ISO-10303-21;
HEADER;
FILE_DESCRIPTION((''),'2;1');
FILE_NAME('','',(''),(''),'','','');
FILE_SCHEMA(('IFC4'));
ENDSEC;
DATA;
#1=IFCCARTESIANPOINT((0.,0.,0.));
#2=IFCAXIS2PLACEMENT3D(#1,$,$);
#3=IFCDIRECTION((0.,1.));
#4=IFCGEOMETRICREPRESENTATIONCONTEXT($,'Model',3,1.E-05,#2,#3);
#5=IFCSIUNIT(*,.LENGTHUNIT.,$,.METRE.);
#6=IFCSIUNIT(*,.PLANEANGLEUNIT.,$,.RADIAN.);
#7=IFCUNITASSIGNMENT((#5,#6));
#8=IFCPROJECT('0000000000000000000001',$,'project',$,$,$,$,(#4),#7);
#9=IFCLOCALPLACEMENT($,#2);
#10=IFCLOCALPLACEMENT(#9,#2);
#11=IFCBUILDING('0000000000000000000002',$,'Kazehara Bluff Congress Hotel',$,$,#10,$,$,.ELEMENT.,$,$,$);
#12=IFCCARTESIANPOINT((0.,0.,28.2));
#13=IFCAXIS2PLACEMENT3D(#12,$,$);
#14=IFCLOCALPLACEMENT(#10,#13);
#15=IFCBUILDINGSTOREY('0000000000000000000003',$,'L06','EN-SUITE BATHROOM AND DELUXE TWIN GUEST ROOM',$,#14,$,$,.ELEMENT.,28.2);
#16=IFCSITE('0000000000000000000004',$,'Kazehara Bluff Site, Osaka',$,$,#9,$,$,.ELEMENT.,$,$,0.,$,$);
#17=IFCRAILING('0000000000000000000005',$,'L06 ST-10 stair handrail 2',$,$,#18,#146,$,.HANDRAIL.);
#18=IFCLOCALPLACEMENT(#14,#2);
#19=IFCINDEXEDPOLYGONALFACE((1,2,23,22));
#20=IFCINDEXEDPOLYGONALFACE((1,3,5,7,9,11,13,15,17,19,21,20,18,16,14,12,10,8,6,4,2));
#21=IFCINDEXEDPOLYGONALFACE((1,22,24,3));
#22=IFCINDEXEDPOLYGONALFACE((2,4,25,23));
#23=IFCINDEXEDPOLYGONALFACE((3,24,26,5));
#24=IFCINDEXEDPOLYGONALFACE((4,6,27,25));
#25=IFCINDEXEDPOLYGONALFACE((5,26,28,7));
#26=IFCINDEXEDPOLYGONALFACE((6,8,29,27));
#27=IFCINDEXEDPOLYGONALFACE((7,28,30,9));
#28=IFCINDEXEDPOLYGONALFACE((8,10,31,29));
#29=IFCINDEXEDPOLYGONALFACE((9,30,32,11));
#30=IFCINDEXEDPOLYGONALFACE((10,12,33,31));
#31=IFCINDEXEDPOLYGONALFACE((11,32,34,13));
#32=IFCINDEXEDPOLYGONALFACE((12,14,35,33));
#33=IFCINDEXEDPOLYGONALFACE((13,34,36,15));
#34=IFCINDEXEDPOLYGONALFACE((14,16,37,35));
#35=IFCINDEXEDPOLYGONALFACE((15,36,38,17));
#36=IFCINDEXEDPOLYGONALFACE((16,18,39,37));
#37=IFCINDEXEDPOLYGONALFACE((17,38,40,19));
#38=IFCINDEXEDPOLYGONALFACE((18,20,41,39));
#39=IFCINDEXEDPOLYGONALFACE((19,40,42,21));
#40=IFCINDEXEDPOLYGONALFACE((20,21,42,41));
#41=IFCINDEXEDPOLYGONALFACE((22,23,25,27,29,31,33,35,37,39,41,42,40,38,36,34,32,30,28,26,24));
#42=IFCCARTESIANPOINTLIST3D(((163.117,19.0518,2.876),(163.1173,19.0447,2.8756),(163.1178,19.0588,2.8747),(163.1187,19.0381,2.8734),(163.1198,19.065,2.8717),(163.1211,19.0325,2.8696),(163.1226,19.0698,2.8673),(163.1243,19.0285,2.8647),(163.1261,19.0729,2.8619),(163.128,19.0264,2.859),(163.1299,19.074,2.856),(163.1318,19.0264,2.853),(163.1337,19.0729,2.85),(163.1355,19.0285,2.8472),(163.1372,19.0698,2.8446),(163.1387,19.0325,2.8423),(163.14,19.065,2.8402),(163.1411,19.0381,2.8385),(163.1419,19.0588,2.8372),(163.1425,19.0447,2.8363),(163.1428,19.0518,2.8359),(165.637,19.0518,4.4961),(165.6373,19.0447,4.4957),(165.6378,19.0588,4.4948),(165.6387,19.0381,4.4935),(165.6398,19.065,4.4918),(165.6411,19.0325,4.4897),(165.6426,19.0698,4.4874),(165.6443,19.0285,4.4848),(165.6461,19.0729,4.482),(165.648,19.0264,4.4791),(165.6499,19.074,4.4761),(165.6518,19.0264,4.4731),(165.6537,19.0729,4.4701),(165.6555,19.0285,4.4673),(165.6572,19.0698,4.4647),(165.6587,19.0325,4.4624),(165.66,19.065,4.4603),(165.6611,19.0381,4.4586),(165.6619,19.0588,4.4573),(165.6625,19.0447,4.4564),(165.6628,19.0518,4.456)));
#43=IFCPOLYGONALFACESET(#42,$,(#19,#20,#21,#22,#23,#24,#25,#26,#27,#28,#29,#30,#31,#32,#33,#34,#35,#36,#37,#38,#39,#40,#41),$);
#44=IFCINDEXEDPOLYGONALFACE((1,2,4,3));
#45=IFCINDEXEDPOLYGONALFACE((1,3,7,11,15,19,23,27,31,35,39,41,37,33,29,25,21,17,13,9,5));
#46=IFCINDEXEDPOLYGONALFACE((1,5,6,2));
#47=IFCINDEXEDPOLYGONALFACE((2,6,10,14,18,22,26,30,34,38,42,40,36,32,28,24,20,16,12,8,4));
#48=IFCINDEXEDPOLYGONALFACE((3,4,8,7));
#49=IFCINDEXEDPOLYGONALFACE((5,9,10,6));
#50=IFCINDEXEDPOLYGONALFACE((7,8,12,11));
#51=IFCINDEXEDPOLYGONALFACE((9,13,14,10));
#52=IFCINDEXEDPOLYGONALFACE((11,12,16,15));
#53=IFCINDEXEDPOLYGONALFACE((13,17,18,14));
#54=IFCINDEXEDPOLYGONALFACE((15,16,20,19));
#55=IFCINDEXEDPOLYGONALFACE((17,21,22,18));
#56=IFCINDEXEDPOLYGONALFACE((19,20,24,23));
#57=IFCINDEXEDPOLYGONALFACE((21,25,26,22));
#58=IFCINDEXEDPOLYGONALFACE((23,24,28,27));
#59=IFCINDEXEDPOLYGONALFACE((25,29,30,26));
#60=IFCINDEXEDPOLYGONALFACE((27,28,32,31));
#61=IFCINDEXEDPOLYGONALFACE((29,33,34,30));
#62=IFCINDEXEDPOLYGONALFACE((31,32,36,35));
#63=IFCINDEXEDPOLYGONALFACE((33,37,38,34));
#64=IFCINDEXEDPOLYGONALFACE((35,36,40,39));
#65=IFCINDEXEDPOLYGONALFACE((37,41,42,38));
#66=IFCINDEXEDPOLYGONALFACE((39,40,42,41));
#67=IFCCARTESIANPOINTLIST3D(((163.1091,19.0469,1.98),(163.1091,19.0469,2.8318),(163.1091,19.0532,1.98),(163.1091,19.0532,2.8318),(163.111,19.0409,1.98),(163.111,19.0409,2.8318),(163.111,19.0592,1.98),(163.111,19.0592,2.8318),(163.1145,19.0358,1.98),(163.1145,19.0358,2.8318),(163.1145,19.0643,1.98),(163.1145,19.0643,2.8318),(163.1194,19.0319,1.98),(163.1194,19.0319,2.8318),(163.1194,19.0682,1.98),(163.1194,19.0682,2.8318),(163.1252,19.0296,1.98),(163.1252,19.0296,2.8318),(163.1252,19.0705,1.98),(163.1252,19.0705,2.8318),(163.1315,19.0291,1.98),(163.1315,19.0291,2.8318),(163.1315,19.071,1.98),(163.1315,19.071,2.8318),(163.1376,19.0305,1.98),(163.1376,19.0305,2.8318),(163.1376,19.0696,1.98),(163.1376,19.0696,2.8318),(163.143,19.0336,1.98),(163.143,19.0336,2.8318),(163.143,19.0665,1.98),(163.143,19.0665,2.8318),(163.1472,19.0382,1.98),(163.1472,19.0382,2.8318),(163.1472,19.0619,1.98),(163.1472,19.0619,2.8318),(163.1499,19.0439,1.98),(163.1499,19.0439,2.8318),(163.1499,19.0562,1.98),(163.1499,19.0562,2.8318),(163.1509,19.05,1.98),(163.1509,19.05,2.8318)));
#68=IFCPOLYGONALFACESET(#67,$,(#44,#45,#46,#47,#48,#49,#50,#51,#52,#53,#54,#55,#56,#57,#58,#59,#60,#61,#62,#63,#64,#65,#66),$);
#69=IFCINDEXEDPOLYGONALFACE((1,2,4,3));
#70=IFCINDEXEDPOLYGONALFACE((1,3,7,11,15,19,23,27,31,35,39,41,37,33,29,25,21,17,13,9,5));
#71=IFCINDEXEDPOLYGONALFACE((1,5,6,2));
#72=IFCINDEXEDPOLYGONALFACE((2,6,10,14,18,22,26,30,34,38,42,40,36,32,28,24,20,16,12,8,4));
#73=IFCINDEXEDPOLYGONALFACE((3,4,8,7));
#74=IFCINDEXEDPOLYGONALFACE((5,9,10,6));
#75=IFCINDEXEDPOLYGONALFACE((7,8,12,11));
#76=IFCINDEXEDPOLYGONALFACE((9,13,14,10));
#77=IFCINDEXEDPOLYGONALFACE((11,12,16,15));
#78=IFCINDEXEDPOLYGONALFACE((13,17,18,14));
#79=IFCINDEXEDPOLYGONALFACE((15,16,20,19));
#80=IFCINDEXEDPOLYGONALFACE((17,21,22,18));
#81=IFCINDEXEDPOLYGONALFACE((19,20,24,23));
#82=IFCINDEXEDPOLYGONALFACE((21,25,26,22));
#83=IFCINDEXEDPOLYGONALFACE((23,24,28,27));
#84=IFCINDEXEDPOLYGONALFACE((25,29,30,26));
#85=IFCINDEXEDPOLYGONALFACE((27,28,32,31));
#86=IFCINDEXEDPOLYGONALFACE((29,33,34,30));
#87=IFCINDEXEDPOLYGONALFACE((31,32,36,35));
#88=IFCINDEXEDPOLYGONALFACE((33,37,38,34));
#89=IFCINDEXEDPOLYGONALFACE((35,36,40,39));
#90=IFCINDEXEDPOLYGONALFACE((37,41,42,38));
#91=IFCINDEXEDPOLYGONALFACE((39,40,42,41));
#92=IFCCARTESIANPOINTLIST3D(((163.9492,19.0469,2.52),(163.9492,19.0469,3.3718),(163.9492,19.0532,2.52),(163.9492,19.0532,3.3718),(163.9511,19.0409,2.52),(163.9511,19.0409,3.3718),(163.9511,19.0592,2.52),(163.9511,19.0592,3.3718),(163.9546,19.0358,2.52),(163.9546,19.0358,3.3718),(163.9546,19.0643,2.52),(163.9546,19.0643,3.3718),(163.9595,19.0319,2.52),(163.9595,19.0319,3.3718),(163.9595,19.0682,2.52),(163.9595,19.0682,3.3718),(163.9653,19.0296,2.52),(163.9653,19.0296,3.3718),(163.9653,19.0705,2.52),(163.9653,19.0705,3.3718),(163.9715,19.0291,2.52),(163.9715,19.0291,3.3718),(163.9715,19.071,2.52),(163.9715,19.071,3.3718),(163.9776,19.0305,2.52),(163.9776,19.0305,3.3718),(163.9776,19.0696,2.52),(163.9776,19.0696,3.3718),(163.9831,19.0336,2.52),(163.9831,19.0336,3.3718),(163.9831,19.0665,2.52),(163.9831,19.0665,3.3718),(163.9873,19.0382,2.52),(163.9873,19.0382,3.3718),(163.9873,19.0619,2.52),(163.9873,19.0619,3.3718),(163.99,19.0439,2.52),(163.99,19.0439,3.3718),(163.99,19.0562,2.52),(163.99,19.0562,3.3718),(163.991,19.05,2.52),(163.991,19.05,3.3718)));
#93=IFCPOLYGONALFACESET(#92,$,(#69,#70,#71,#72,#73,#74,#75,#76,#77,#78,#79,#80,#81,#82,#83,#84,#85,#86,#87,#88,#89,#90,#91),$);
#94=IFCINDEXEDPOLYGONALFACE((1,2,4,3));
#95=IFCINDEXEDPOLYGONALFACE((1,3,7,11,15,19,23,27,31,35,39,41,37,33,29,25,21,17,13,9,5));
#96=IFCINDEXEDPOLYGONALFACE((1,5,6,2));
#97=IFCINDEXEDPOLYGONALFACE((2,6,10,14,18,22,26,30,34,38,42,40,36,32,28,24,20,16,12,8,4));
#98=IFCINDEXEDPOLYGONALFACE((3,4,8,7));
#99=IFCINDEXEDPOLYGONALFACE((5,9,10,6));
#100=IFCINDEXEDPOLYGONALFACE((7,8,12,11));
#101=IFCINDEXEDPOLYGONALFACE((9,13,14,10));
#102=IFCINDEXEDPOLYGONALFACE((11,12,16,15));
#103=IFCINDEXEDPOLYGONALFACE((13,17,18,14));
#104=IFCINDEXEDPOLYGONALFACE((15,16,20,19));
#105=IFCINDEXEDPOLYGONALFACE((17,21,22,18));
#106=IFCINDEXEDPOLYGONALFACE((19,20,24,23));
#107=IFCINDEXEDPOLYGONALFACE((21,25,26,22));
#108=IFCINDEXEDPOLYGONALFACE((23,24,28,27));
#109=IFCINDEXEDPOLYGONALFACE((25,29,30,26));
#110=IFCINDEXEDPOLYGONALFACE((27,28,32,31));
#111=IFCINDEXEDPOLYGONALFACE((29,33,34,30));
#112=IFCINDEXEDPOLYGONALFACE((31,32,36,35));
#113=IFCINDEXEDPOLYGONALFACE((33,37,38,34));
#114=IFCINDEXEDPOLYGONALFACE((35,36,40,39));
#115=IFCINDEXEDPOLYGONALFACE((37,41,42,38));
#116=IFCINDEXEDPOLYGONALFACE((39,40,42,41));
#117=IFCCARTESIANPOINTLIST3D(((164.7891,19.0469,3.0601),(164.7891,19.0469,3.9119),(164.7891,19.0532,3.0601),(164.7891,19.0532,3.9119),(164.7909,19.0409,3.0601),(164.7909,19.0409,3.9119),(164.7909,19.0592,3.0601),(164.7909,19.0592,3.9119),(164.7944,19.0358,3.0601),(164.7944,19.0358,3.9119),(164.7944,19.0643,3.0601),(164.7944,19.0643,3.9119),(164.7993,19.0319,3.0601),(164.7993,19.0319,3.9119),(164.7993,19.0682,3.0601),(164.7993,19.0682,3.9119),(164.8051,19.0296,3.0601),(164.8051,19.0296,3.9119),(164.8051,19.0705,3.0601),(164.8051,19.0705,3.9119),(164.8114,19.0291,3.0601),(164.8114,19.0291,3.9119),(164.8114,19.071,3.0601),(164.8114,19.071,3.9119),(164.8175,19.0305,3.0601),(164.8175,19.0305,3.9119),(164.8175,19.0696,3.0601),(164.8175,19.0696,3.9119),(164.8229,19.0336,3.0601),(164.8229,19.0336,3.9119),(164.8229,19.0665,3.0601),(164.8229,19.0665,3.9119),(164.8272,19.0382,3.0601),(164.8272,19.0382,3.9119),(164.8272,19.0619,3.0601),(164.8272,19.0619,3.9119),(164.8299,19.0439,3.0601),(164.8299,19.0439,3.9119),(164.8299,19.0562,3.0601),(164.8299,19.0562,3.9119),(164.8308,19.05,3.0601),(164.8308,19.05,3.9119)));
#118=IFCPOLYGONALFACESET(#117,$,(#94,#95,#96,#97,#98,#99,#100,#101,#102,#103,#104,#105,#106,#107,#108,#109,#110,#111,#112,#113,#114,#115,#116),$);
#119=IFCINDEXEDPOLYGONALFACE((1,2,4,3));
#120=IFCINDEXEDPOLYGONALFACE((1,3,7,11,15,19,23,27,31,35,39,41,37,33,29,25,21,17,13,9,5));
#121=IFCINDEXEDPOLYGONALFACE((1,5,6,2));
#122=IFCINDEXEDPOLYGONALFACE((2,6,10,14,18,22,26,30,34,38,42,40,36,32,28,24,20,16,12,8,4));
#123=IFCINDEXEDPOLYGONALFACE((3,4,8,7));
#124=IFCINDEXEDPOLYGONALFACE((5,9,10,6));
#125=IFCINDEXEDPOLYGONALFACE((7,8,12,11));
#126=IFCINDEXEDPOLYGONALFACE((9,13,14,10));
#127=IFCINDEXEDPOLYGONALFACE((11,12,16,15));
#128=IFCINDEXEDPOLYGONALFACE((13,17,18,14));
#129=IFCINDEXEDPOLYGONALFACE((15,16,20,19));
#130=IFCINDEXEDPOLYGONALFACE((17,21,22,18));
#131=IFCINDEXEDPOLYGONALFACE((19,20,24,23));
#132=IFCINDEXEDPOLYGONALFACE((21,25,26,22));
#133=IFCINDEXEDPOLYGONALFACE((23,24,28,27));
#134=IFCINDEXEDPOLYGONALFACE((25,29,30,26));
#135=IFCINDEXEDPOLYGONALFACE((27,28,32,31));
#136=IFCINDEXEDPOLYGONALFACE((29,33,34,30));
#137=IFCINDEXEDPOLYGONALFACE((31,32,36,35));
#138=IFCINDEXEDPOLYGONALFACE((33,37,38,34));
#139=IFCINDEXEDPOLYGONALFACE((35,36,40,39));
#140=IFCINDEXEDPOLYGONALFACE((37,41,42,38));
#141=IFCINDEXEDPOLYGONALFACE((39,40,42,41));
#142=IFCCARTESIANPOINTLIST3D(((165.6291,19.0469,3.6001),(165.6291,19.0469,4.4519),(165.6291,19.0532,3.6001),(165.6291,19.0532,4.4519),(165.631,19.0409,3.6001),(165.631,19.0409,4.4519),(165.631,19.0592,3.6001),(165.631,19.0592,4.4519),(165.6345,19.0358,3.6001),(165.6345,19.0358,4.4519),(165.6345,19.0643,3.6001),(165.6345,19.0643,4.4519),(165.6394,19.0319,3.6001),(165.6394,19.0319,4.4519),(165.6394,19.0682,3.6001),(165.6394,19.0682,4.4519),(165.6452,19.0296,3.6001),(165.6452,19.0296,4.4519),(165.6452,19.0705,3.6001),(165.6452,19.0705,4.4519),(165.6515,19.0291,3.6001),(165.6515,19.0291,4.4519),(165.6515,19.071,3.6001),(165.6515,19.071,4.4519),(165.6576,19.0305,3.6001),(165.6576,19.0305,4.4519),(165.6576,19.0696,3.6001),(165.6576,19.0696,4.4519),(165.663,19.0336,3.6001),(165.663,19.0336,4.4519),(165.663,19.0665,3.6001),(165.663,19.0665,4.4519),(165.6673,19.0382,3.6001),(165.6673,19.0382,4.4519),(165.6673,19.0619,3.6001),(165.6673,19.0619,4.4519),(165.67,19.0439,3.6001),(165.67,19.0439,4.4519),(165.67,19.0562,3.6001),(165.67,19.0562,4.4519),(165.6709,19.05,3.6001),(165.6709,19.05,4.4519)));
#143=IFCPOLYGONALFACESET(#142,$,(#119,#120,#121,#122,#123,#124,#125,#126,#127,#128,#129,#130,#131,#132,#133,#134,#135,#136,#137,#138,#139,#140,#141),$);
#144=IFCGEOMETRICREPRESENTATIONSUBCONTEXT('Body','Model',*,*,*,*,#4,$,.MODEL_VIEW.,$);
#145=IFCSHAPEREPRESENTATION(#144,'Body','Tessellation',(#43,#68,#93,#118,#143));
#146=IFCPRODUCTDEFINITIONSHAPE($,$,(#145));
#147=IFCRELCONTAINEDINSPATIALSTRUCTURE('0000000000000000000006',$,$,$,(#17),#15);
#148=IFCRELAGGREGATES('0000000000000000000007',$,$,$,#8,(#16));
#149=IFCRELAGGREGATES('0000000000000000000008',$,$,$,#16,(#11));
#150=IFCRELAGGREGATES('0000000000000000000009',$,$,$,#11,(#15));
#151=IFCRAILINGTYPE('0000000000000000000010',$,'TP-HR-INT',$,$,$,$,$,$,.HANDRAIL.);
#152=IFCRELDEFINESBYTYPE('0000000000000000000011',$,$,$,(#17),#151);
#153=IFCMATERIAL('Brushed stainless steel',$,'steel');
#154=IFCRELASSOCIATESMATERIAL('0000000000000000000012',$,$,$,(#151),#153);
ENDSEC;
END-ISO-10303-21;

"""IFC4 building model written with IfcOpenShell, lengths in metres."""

from ifc_helpers import new_model, si_unit, direction, frame, origin, origin_2d, place, context, subcontext, project, spatial, circle, extrude, material, type_object, element, save


model = new_model("IFC4")

# Units and contexts
model_context = context("Model", 3, precision=1e-05, world=origin(), true_north=direction((0.0, 1.0)))
body_context = subcontext(model_context, "Body", "Model", "MODEL_VIEW")
ifc_project = project(units=[si_unit("LENGTHUNIT", "METRE"), si_unit("PLANEANGLEUNIT", "RADIAN")], contexts=[model_context])

# Site, building, storey
site_placement = place(None, origin())
site = spatial("IfcSite", under=ifc_project, at=site_placement, Name="Kazehara Bluff Site, Osaka", CompositionType="ELEMENT", RefElevation=0.0)
building_placement = place(site_placement, origin())
building = spatial("IfcBuilding", under=site, at=building_placement, Name="Kazehara Bluff Congress Hotel", CompositionType="ELEMENT")
storey_placement = place(building_placement, frame((0.0, 0.0, 28.2)))
storey = spatial("IfcBuildingStorey", under=building, at=storey_placement, Name="L06", Description="EN-SUITE BATHROOM AND DELUXE TWIN GUEST ROOM", CompositionType="ELEMENT", Elevation=28.2)

# Railing
ifc_material_1 = material(Name="Brushed stainless steel", Category="steel")
railing_type_1 = type_object("IfcRailingType", Name="TP-HR-INT", PredefinedType="HANDRAIL", material=ifc_material_1)
railing_1_placement = place(storey_placement, frame((163.1299, 19.05, 1.98)))
element("IfcRailing", 1, at=railing_1_placement, inside=storey, type_object=railing_type_1, Name="L06 ST-10 stair handrail 2", PredefinedType="HANDRAIL", context=body_context, shape_type="SweptSolid", body=[
    extrude(circle(Radius=0.0239, at=origin_2d()), frame((0.0, 0.0, 0.876), z_axis=(0.841163, 0.0, 0.540782), x_axis=(0.0, 1.0, 0.0)), (0.0, 0.0, 1.0), 2.9958),
    extrude(circle(Radius=0.021, at=origin_2d()), origin(), (0.0, 0.0, 1.0), 0.8518),
    extrude(circle(Radius=0.021, at=origin_2d()), frame((0.8401, 0.0, 0.54)), (0.0, 0.0, 1.0), 0.8518),
    extrude(circle(Radius=0.021, at=origin_2d()), frame((1.6799, 0.0, 1.0801)), (0.0, 0.0, 1.0), 0.8518),
    extrude(circle(Radius=0.021, at=origin_2d()), frame((2.52, 0.0, 1.6201)), (0.0, 0.0, 1.0), 0.8518),
])

save(model, "model.ifc")
